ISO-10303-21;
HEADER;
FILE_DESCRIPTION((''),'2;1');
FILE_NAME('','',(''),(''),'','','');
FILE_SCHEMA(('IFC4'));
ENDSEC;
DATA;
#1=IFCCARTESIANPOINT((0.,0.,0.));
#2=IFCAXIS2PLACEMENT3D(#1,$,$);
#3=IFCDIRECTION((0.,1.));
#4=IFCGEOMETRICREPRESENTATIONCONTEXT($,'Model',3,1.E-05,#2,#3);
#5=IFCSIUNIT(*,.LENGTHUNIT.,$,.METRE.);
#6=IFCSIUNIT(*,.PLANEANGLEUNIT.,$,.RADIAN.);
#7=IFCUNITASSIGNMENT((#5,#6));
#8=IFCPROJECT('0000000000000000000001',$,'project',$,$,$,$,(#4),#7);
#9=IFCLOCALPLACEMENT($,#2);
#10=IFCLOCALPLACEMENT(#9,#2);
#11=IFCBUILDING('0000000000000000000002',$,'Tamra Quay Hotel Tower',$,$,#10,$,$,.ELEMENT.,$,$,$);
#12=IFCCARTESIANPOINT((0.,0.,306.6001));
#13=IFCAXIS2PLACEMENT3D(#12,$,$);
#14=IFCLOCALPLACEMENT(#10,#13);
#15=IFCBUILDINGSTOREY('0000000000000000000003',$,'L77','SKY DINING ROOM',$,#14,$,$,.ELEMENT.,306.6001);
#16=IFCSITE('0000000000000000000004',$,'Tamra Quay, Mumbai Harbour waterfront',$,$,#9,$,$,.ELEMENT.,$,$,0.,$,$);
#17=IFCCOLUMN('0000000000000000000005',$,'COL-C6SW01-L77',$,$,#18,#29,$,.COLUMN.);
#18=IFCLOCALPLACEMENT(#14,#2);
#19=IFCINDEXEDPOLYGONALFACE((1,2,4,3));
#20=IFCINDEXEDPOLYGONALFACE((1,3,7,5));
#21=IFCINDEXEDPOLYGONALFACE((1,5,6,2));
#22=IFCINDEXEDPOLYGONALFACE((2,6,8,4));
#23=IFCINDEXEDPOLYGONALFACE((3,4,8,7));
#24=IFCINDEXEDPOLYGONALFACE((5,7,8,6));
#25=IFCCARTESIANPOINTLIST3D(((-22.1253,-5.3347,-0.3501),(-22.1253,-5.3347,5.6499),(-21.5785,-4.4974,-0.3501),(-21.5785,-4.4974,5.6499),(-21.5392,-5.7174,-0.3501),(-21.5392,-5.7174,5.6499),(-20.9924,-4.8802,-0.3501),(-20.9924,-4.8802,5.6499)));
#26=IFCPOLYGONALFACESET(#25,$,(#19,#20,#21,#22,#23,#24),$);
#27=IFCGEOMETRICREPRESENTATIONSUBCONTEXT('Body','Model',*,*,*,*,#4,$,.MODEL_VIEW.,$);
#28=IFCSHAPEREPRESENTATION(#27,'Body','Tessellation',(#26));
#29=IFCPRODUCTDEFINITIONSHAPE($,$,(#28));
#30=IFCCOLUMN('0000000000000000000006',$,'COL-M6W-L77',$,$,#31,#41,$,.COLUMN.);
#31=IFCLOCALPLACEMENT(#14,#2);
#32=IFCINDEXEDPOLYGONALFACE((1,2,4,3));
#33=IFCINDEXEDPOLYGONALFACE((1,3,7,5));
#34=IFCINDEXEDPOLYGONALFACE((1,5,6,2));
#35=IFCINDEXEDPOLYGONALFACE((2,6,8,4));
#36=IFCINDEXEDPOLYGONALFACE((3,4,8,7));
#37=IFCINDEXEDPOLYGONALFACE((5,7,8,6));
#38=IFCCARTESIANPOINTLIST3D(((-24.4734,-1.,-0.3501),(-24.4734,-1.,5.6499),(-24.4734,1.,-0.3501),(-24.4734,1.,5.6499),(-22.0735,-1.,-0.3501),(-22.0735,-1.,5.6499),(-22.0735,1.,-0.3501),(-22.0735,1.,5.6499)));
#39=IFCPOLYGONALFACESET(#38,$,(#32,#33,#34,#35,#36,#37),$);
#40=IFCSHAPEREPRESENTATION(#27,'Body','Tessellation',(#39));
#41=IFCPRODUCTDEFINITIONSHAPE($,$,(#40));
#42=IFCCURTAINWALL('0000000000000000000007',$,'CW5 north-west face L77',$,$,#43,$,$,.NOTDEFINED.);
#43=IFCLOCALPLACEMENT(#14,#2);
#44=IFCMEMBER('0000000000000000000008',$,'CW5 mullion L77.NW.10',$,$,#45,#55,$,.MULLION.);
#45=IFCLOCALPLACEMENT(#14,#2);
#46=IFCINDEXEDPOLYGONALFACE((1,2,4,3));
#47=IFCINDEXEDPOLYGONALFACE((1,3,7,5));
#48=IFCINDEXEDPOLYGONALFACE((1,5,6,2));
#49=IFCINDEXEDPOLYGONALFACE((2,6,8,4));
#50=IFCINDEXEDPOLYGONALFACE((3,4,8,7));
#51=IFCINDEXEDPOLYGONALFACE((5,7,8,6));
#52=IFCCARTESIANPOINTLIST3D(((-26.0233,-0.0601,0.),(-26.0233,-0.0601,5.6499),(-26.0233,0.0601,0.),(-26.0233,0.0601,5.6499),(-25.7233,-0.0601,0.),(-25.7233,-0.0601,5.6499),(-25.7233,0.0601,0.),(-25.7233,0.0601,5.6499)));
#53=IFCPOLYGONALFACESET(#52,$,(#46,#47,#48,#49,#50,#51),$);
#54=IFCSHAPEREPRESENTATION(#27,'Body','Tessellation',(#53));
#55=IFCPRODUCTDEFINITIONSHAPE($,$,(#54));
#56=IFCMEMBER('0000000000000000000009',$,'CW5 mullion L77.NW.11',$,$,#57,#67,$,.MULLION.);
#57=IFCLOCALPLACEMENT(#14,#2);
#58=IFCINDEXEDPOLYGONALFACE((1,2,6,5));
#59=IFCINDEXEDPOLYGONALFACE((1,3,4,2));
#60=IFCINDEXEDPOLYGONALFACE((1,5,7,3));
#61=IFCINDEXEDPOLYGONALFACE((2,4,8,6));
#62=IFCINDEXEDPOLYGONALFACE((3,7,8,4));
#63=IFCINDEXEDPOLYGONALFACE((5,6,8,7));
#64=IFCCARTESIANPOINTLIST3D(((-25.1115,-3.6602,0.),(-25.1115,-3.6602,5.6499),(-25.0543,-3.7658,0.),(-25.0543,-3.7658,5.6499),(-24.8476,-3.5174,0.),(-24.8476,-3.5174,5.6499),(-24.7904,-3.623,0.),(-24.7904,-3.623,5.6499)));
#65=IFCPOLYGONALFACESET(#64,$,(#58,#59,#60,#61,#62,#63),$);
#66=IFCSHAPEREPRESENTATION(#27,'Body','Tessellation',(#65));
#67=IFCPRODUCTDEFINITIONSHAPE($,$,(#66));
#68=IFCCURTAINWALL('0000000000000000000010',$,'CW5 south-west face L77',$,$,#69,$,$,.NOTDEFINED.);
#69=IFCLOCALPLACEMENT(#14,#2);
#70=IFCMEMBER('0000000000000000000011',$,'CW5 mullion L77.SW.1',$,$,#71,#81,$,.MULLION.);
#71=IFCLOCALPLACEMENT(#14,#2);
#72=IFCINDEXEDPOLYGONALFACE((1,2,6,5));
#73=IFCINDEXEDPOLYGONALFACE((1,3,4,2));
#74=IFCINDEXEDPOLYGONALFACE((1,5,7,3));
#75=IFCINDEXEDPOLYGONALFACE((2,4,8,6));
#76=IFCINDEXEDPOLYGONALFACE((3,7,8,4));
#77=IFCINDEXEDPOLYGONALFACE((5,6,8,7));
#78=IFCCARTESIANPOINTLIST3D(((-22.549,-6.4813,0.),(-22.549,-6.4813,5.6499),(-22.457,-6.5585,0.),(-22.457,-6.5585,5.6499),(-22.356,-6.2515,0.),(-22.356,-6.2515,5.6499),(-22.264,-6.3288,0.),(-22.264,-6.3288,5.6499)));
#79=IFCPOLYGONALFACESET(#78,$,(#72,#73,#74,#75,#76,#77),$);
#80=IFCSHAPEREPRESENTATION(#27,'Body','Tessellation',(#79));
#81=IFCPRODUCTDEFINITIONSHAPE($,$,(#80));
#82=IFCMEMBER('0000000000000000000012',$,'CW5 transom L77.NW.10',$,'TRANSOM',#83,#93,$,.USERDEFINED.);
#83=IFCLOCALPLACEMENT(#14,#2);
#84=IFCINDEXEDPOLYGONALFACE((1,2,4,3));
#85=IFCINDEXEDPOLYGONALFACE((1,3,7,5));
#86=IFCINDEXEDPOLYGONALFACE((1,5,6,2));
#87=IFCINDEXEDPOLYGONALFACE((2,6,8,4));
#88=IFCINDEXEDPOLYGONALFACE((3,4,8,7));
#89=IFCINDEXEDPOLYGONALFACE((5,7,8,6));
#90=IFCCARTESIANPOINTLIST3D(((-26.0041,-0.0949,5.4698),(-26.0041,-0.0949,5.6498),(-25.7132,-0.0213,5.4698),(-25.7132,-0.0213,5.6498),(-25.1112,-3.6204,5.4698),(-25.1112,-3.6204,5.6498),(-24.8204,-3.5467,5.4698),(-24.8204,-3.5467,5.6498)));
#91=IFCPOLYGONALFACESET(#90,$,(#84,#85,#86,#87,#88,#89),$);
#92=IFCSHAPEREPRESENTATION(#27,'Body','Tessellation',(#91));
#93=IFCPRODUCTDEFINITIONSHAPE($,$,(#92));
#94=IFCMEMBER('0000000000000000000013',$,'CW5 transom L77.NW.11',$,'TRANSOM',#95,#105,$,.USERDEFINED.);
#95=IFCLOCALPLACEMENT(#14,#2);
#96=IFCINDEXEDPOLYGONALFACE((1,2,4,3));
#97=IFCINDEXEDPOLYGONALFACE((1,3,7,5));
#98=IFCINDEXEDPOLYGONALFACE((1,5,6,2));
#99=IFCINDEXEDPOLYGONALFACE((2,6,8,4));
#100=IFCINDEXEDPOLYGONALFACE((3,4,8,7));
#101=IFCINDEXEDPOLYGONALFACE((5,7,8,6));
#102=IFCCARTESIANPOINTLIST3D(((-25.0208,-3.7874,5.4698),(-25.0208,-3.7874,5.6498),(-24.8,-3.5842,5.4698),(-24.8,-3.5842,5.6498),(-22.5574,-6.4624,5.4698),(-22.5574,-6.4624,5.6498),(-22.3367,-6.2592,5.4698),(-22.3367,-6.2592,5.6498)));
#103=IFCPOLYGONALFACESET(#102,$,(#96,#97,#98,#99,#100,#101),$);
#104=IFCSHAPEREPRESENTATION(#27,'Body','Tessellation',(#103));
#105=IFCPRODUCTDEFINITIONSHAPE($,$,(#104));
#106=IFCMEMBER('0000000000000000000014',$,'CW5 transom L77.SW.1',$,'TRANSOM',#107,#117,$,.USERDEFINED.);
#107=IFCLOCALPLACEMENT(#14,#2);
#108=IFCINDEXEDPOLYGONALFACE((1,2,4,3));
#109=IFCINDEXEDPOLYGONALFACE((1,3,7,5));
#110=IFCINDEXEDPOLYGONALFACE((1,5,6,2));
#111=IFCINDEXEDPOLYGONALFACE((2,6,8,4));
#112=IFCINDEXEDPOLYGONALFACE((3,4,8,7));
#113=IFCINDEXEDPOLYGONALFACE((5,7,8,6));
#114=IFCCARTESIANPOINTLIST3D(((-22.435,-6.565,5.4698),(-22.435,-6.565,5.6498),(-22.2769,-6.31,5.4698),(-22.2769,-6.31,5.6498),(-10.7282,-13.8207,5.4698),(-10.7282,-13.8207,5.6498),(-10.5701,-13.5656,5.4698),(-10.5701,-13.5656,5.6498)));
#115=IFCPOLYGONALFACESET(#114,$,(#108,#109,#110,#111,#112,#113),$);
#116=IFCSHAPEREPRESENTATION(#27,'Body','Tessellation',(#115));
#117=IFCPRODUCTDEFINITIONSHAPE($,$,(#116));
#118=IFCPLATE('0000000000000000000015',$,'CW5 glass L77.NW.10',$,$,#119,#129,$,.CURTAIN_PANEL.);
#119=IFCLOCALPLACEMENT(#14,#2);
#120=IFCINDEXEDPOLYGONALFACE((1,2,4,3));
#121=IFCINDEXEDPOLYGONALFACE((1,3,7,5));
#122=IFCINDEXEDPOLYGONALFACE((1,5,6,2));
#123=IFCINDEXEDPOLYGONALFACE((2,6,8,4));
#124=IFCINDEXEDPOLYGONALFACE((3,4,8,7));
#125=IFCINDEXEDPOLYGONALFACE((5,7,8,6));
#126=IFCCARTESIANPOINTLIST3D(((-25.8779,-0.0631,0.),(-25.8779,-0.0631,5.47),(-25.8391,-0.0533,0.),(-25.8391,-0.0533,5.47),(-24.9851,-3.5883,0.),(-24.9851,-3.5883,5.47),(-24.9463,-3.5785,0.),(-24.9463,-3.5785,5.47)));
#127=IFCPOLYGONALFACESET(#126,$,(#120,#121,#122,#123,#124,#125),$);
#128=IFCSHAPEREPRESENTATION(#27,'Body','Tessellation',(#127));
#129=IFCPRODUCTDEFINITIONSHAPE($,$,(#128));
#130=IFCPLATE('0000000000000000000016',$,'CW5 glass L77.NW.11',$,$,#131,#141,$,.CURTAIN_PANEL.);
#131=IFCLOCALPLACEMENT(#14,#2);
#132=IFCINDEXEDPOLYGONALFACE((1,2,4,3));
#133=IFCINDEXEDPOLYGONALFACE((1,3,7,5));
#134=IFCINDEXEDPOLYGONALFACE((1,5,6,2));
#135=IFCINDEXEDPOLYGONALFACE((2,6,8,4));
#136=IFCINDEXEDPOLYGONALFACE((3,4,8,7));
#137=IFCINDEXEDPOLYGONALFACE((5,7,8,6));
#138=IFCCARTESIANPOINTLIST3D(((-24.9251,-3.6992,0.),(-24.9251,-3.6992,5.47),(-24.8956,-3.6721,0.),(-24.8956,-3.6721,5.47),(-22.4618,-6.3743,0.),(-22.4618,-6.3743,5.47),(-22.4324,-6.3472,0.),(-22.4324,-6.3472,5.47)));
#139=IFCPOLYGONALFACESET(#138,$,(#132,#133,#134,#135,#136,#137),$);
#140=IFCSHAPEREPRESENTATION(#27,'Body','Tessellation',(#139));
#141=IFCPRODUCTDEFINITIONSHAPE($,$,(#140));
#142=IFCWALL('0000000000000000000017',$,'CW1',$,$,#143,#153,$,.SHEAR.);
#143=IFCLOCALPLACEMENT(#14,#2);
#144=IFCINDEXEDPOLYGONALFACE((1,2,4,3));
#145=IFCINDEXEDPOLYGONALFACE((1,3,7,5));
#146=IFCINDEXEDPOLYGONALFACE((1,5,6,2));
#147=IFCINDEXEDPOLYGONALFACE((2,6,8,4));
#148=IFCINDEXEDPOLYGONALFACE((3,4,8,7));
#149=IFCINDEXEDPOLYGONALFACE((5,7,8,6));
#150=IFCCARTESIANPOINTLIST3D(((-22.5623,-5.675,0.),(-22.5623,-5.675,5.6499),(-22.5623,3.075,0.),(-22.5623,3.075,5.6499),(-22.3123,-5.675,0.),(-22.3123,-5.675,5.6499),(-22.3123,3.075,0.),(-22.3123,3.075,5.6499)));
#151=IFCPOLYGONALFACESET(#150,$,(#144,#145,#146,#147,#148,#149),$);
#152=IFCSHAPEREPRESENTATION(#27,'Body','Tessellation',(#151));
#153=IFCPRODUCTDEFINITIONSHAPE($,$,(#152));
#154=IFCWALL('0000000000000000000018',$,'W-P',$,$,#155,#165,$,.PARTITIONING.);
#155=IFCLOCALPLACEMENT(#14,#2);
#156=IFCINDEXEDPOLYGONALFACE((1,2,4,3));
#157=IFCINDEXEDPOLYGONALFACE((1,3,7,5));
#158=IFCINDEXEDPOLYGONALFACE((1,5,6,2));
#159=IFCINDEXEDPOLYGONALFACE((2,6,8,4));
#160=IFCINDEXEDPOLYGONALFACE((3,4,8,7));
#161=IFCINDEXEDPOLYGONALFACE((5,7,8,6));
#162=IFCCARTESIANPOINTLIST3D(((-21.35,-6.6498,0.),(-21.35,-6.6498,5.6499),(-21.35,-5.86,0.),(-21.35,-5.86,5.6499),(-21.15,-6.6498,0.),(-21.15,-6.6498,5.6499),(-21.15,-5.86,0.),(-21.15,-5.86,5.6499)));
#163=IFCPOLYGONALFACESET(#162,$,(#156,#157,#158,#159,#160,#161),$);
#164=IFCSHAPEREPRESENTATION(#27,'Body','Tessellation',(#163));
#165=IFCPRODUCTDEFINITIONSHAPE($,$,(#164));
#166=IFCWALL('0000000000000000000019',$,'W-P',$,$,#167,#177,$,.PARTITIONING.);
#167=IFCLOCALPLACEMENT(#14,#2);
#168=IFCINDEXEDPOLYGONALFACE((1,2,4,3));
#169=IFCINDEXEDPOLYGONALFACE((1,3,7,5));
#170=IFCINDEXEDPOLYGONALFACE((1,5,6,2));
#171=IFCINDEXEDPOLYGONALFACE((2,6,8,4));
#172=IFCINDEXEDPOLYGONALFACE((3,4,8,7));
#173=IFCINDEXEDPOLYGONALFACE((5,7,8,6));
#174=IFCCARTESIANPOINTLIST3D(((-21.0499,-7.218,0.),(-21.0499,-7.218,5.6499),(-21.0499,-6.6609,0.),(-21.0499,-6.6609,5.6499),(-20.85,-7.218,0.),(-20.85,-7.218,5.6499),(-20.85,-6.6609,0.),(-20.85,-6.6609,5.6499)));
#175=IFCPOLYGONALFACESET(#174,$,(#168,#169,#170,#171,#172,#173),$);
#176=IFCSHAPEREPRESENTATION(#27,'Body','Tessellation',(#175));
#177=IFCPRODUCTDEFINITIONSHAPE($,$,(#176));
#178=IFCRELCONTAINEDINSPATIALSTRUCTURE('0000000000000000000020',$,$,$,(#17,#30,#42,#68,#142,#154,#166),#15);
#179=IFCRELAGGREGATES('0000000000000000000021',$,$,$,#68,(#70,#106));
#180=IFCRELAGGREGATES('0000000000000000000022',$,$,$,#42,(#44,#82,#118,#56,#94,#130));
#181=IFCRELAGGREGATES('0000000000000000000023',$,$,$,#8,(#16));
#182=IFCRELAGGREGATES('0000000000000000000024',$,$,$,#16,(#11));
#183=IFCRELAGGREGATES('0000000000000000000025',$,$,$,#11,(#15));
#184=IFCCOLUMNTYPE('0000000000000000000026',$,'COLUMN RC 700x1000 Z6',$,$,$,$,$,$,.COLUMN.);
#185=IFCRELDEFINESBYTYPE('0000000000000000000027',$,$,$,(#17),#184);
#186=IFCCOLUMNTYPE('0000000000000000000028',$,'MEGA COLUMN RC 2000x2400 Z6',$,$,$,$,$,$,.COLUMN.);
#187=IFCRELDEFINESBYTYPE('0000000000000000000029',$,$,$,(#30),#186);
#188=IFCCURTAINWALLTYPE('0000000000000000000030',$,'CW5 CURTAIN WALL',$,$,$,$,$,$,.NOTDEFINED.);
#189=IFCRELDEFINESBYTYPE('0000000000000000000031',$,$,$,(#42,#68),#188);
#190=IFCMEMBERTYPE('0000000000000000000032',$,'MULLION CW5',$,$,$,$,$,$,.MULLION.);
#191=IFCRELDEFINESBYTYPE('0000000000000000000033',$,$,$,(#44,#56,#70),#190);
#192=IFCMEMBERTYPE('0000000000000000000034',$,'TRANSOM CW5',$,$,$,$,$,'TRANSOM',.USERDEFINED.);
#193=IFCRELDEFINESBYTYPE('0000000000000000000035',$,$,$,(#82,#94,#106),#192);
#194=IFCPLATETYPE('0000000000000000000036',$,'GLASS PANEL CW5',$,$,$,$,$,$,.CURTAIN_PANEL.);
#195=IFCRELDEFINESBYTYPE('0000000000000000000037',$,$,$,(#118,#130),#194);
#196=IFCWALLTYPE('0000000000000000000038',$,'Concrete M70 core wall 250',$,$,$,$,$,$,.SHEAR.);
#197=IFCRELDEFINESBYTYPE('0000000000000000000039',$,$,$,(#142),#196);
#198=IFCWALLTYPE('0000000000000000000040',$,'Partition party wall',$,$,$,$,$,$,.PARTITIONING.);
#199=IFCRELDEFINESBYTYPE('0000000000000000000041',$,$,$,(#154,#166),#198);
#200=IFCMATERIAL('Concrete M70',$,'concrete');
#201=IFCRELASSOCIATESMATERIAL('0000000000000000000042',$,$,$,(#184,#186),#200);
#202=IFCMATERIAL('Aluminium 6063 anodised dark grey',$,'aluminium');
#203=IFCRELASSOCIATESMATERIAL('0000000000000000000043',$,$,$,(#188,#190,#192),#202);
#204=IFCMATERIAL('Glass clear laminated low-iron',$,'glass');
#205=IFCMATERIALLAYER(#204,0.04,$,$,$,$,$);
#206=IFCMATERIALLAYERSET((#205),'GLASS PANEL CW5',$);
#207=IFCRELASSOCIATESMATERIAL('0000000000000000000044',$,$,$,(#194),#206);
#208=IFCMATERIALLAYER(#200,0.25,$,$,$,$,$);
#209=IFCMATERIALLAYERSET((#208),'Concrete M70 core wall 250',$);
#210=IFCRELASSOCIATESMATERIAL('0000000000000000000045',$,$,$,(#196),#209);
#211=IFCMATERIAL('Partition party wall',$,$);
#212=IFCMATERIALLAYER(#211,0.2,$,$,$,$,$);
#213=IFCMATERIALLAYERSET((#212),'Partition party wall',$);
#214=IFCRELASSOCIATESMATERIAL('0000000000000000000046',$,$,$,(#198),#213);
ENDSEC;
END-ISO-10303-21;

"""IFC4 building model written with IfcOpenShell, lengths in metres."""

from ifc_helpers import new_model, si_unit, direction, frame, frame_2d, origin, origin_2d, place, context, subcontext, project, spatial, rectangle, extrude, material, layer, layer_set, material_profile, profile_set, type_object, element, aggregate, save


model = new_model("IFC4")

# Units and contexts
model_context = context("Model", 3, precision=1e-05, world=origin(), true_north=direction((0.0, 1.0)))
body_context = subcontext(model_context, "Body", "Model", "MODEL_VIEW")
ifc_project = project(units=[si_unit("LENGTHUNIT", "METRE"), si_unit("PLANEANGLEUNIT", "RADIAN")], contexts=[model_context])

# Site, building, storey
site_placement = place(None, origin())
site = spatial("IfcSite", under=ifc_project, at=site_placement, Name="Tamra Quay, Mumbai Harbour waterfront", CompositionType="ELEMENT", RefElevation=0.0)
building_placement = place(site_placement, origin())
building = spatial("IfcBuilding", under=site, at=building_placement, Name="Tamra Quay Hotel Tower", CompositionType="ELEMENT")
storey_placement = place(building_placement, frame((0.0, 0.0, 306.6001)))
storey = spatial("IfcBuildingStorey", under=building, at=storey_placement, Name="L77", Description="SKY DINING ROOM", CompositionType="ELEMENT", Elevation=306.6001)

# Columns
ifc_material_1 = material(Name="Concrete M70", Category="concrete")
ifc_material_profile_1 = material_profile(ifc_material_1, rectangle(XDim=1.0, YDim=0.7, at=origin_2d()), Name="COLUMN RC 700x1000 Z6")
ifc_profile_set_1 = profile_set([ifc_material_profile_1], Name="Concrete M70")
column_type_1 = type_object("IfcColumnType", Name="COLUMN RC 700x1000 Z6", PredefinedType="COLUMN", material=ifc_profile_set_1)
column_1_placement = place(storey_placement, frame((-21.5588, -5.1074, -0.3501), z_axis=(0.0, 0.0, 1.0), x_axis=(0.546805, 0.83726, 0.0)))
element("IfcColumn", 1, at=column_1_placement, inside=storey, type_object=column_type_1, Name="COL-C6SW01-L77", PredefinedType="COLUMN", context=body_context, shape_type="SweptSolid", body=[
    extrude(rectangle(XDim=1.0, YDim=0.7, at=origin_2d()), origin(), (0.0, 0.0, 1.0), 6.0),
])
ifc_material_profile_2 = material_profile(ifc_material_1, rectangle(XDim=2.3999, YDim=2.0, at=origin_2d()), Name="MEGA COLUMN RC 2000x2400 Z6")
ifc_profile_set_2 = profile_set([ifc_material_profile_2], Name="Concrete M70")
column_type_2 = type_object("IfcColumnType", Name="MEGA COLUMN RC 2000x2400 Z6", PredefinedType="COLUMN", material=ifc_profile_set_2)
column_2_placement = place(storey_placement, frame((-23.2734, 0.0, -0.3501), z_axis=(0.0, 0.0, 1.0), x_axis=(1.0, 0.0, 0.0)))
element("IfcColumn", 2, at=column_2_placement, inside=storey, type_object=column_type_2, Name="COL-M6W-L77", PredefinedType="COLUMN", context=body_context, shape_type="SweptSolid", body=[
    extrude(rectangle(XDim=2.3999, YDim=2.0, at=origin_2d()), origin(), (0.0, 0.0, 1.0), 6.0),
])

# Curtain wall, members
ifc_material_2 = material(Name="Aluminium 6063 anodised dark grey", Category="aluminium")
curtain_wall_type = type_object("IfcCurtainWallType", Name="CW5 CURTAIN WALL", PredefinedType="NOTDEFINED", material=ifc_material_2)
curtain_wall_1_placement = place(storey_placement, origin())
curtain_wall_1 = element("IfcCurtainWall", 3, at=curtain_wall_1_placement, inside=storey, type_object=curtain_wall_type, Name="CW5 north-west face L77", PredefinedType="NOTDEFINED")
ifc_material_profile_3 = material_profile(ifc_material_2, rectangle(XDim=0.3, YDim=0.1201, at=origin_2d()), Name="MULLION 120X300")
ifc_profile_set_3 = profile_set([ifc_material_profile_3], Name="Aluminium 6063 anodised dark grey")
member_type_1 = type_object("IfcMemberType", Name="MULLION CW5", PredefinedType="MULLION", material=ifc_profile_set_3)
member_1_placement = place(storey_placement, frame((-25.8733, 0.0, 0.0), z_axis=(0.0, 0.0, 1.0), x_axis=(-1.0, 0.0, 0.0)))
member_1 = element("IfcMember", 4, at=member_1_placement, type_object=member_type_1, Name="CW5 mullion L77.NW.10", PredefinedType="MULLION", context=body_context, shape_type="SweptSolid", body=[
    extrude(rectangle(XDim=0.3, YDim=0.1201, at=origin_2d()), origin(), (0.0, 0.0, 1.0), 5.6499),
])
member_2_placement = place(storey_placement, frame((-24.9509, -3.6416, 0.0), z_axis=(0.0, 0.0, 1.0), x_axis=(-0.879433, -0.476023, 0.0)))
member_2 = element("IfcMember", 5, at=member_2_placement, type_object=member_type_1, Name="CW5 mullion L77.NW.11", PredefinedType="MULLION", context=body_context, shape_type="SweptSolid", body=[
    extrude(rectangle(XDim=0.3, YDim=0.1201, at=origin_2d()), origin(), (0.0, 0.0, 1.0), 5.6499),
])

# Curtain wall, member
curtain_wall_2_placement = place(storey_placement, origin())
curtain_wall_2 = element("IfcCurtainWall", 6, at=curtain_wall_2_placement, inside=storey, type_object=curtain_wall_type, Name="CW5 south-west face L77", PredefinedType="NOTDEFINED")
member_3_placement = place(storey_placement, frame((-22.4065, -6.405, 0.0), z_axis=(0.0, 0.0, 1.0), x_axis=(-0.643086, -0.765794, 0.0)))
member_3 = element("IfcMember", 7, at=member_3_placement, type_object=member_type_1, Name="CW5 mullion L77.SW.1", PredefinedType="MULLION", context=body_context, shape_type="SweptSolid", body=[
    extrude(rectangle(XDim=0.3, YDim=0.1201, at=origin_2d()), origin(), (0.0, 0.0, 1.0), 5.6499),
])

# Members
ifc_material_profile_4 = material_profile(ifc_material_2, rectangle(XDim=0.3, YDim=0.1799, at=origin_2d()), Name="TRANSOM 300X180")
ifc_profile_set_4 = profile_set([ifc_material_profile_4], Name="Aluminium 6063 anodised dark grey")
member_type_2 = type_object("IfcMemberType", Name="TRANSOM CW5", ElementType="TRANSOM", PredefinedType="USERDEFINED", material=ifc_profile_set_4)
member_4_placement = place(storey_placement, frame((-25.8586, -0.0581, 5.5598), z_axis=(0.245504, -0.969396, 0.0), x_axis=(0.969396, 0.245504, 0.0)))
member_4 = element("IfcMember", 8, at=member_4_placement, type_object=member_type_2, Name="CW5 transom L77.NW.10", ObjectType="TRANSOM", PredefinedType="USERDEFINED", context=body_context, shape_type="SweptSolid", body=[
    extrude(rectangle(XDim=0.3, YDim=0.1799, at=origin_2d()), origin(), (0.0, 0.0, 1.0), 3.6367),
])
member_5_placement = place(storey_placement, frame((-24.9104, -3.6858, 5.5598), z_axis=(0.677404, -0.735611, 0.0), x_axis=(0.735611, 0.677404, 0.0)))
member_5 = element("IfcMember", 9, at=member_5_placement, type_object=member_type_2, Name="CW5 transom L77.NW.11", ObjectType="TRANSOM", PredefinedType="USERDEFINED", context=body_context, shape_type="SweptSolid", body=[
    extrude(rectangle(XDim=0.3, YDim=0.1799, at=origin_2d()), origin(), (0.0, 0.0, 1.0), 3.6365),
])
member_6_placement = place(storey_placement, frame((-22.356, -6.4375, 5.5598), z_axis=(0.849987, -0.526804, 0.0), x_axis=(0.526804, 0.849987, 0.0)))
member_6 = element("IfcMember", 10, at=member_6_placement, type_object=member_type_2, Name="CW5 transom L77.SW.1", ObjectType="TRANSOM", PredefinedType="USERDEFINED", context=body_context, shape_type="SweptSolid", body=[
    extrude(rectangle(XDim=0.3, YDim=0.1799, at=origin_2d()), origin(), (0.0, 0.0, 1.0), 13.7729),
])
aggregate(curtain_wall_2, [member_3, member_6])

# Plates
ifc_material_3 = material(Name="Glass clear laminated low-iron", Category="glass")
ifc_layer_1 = layer(ifc_material_3, 0.04)
ifc_layer_set_1 = layer_set([ifc_layer_1], Name="GLASS PANEL CW5")
plate_type = type_object("IfcPlateType", Name="GLASS PANEL CW5", PredefinedType="CURTAIN_PANEL", material=ifc_layer_set_1)
plate_1_placement = place(storey_placement, frame((-25.4121, -1.8208, 0.0), z_axis=(0.0, 0.0, 1.0), x_axis=(0.245527, -0.96939, 0.0)))
plate_1 = element("IfcPlate", 11, at=plate_1_placement, type_object=plate_type, Name="CW5 glass L77.NW.10", PredefinedType="CURTAIN_PANEL", context=body_context, shape_type="SweptSolid", body=[
    extrude(rectangle(XDim=3.6365, YDim=0.04, at=origin_2d()), origin(), (0.0, 0.0, 1.0), 5.47),
])
plate_2_placement = place(storey_placement, frame((-23.6787, -5.0232, 0.0), z_axis=(0.0, 0.0, 1.0), x_axis=(0.677376, -0.735637, 0.0)))
plate_2 = element("IfcPlate", 12, at=plate_2_placement, type_object=plate_type, Name="CW5 glass L77.NW.11", PredefinedType="CURTAIN_PANEL", context=body_context, shape_type="SweptSolid", body=[
    extrude(rectangle(XDim=3.6365, YDim=0.04, at=origin_2d()), origin(), (0.0, 0.0, 1.0), 5.47),
])
aggregate(curtain_wall_1, [member_1, member_4, plate_1, member_2, member_5, plate_2])

# Walls
ifc_layer_2 = layer(ifc_material_1, 0.25)
ifc_layer_set_2 = layer_set([ifc_layer_2], Name="Concrete M70 core wall 250")
wall_type_1 = type_object("IfcWallType", Name="Concrete M70 core wall 250", PredefinedType="SHEAR", material=ifc_layer_set_2)
wall_1_placement = place(storey_placement, frame((-22.4373, -5.675, 0.0), z_axis=(0.0, 0.0, 1.0), x_axis=(0.0, 1.0, 0.0)))
element("IfcWall", 13, at=wall_1_placement, inside=storey, type_object=wall_type_1, Name="CW1", PredefinedType="SHEAR", context=body_context, shape_type="SweptSolid", body=[
    extrude(rectangle(XDim=8.75, YDim=0.25, at=frame_2d((4.375, 0.0))), origin(), (0.0, 0.0, 1.0), 5.6499),
])
ifc_material_4 = material(Name="Partition party wall")
ifc_layer_3 = layer(ifc_material_4, 0.2)
ifc_layer_set_3 = layer_set([ifc_layer_3], Name="Partition party wall")
wall_type_2 = type_object("IfcWallType", Name="Partition party wall", PredefinedType="PARTITIONING", material=ifc_layer_set_3)
wall_2_placement = place(storey_placement, frame((-21.25, -6.6499, 0.0), z_axis=(0.0, 0.0, 1.0), x_axis=(0.0, 1.0, 0.0)))
element("IfcWall", 14, at=wall_2_placement, inside=storey, type_object=wall_type_2, Name="W-P", PredefinedType="PARTITIONING", context=body_context, shape_type="SweptSolid", body=[
    extrude(rectangle(XDim=0.7898, YDim=0.2, at=frame_2d((0.395, 0.0))), origin(), (0.0, 0.0, 1.0), 5.6499),
])
wall_3_placement = place(storey_placement, frame((-20.95, -7.218, 0.0), z_axis=(0.0, 0.0, 1.0), x_axis=(0.0, 1.0, 0.0)))
element("IfcWall", 15, at=wall_3_placement, inside=storey, type_object=wall_type_2, Name="W-P", PredefinedType="PARTITIONING", context=body_context, shape_type="SweptSolid", body=[
    extrude(rectangle(XDim=0.5571, YDim=0.2, at=frame_2d((0.2786, 0.0))), origin(), (0.0, 0.0, 1.0), 5.6499),
])

save(model, "model.ifc")
